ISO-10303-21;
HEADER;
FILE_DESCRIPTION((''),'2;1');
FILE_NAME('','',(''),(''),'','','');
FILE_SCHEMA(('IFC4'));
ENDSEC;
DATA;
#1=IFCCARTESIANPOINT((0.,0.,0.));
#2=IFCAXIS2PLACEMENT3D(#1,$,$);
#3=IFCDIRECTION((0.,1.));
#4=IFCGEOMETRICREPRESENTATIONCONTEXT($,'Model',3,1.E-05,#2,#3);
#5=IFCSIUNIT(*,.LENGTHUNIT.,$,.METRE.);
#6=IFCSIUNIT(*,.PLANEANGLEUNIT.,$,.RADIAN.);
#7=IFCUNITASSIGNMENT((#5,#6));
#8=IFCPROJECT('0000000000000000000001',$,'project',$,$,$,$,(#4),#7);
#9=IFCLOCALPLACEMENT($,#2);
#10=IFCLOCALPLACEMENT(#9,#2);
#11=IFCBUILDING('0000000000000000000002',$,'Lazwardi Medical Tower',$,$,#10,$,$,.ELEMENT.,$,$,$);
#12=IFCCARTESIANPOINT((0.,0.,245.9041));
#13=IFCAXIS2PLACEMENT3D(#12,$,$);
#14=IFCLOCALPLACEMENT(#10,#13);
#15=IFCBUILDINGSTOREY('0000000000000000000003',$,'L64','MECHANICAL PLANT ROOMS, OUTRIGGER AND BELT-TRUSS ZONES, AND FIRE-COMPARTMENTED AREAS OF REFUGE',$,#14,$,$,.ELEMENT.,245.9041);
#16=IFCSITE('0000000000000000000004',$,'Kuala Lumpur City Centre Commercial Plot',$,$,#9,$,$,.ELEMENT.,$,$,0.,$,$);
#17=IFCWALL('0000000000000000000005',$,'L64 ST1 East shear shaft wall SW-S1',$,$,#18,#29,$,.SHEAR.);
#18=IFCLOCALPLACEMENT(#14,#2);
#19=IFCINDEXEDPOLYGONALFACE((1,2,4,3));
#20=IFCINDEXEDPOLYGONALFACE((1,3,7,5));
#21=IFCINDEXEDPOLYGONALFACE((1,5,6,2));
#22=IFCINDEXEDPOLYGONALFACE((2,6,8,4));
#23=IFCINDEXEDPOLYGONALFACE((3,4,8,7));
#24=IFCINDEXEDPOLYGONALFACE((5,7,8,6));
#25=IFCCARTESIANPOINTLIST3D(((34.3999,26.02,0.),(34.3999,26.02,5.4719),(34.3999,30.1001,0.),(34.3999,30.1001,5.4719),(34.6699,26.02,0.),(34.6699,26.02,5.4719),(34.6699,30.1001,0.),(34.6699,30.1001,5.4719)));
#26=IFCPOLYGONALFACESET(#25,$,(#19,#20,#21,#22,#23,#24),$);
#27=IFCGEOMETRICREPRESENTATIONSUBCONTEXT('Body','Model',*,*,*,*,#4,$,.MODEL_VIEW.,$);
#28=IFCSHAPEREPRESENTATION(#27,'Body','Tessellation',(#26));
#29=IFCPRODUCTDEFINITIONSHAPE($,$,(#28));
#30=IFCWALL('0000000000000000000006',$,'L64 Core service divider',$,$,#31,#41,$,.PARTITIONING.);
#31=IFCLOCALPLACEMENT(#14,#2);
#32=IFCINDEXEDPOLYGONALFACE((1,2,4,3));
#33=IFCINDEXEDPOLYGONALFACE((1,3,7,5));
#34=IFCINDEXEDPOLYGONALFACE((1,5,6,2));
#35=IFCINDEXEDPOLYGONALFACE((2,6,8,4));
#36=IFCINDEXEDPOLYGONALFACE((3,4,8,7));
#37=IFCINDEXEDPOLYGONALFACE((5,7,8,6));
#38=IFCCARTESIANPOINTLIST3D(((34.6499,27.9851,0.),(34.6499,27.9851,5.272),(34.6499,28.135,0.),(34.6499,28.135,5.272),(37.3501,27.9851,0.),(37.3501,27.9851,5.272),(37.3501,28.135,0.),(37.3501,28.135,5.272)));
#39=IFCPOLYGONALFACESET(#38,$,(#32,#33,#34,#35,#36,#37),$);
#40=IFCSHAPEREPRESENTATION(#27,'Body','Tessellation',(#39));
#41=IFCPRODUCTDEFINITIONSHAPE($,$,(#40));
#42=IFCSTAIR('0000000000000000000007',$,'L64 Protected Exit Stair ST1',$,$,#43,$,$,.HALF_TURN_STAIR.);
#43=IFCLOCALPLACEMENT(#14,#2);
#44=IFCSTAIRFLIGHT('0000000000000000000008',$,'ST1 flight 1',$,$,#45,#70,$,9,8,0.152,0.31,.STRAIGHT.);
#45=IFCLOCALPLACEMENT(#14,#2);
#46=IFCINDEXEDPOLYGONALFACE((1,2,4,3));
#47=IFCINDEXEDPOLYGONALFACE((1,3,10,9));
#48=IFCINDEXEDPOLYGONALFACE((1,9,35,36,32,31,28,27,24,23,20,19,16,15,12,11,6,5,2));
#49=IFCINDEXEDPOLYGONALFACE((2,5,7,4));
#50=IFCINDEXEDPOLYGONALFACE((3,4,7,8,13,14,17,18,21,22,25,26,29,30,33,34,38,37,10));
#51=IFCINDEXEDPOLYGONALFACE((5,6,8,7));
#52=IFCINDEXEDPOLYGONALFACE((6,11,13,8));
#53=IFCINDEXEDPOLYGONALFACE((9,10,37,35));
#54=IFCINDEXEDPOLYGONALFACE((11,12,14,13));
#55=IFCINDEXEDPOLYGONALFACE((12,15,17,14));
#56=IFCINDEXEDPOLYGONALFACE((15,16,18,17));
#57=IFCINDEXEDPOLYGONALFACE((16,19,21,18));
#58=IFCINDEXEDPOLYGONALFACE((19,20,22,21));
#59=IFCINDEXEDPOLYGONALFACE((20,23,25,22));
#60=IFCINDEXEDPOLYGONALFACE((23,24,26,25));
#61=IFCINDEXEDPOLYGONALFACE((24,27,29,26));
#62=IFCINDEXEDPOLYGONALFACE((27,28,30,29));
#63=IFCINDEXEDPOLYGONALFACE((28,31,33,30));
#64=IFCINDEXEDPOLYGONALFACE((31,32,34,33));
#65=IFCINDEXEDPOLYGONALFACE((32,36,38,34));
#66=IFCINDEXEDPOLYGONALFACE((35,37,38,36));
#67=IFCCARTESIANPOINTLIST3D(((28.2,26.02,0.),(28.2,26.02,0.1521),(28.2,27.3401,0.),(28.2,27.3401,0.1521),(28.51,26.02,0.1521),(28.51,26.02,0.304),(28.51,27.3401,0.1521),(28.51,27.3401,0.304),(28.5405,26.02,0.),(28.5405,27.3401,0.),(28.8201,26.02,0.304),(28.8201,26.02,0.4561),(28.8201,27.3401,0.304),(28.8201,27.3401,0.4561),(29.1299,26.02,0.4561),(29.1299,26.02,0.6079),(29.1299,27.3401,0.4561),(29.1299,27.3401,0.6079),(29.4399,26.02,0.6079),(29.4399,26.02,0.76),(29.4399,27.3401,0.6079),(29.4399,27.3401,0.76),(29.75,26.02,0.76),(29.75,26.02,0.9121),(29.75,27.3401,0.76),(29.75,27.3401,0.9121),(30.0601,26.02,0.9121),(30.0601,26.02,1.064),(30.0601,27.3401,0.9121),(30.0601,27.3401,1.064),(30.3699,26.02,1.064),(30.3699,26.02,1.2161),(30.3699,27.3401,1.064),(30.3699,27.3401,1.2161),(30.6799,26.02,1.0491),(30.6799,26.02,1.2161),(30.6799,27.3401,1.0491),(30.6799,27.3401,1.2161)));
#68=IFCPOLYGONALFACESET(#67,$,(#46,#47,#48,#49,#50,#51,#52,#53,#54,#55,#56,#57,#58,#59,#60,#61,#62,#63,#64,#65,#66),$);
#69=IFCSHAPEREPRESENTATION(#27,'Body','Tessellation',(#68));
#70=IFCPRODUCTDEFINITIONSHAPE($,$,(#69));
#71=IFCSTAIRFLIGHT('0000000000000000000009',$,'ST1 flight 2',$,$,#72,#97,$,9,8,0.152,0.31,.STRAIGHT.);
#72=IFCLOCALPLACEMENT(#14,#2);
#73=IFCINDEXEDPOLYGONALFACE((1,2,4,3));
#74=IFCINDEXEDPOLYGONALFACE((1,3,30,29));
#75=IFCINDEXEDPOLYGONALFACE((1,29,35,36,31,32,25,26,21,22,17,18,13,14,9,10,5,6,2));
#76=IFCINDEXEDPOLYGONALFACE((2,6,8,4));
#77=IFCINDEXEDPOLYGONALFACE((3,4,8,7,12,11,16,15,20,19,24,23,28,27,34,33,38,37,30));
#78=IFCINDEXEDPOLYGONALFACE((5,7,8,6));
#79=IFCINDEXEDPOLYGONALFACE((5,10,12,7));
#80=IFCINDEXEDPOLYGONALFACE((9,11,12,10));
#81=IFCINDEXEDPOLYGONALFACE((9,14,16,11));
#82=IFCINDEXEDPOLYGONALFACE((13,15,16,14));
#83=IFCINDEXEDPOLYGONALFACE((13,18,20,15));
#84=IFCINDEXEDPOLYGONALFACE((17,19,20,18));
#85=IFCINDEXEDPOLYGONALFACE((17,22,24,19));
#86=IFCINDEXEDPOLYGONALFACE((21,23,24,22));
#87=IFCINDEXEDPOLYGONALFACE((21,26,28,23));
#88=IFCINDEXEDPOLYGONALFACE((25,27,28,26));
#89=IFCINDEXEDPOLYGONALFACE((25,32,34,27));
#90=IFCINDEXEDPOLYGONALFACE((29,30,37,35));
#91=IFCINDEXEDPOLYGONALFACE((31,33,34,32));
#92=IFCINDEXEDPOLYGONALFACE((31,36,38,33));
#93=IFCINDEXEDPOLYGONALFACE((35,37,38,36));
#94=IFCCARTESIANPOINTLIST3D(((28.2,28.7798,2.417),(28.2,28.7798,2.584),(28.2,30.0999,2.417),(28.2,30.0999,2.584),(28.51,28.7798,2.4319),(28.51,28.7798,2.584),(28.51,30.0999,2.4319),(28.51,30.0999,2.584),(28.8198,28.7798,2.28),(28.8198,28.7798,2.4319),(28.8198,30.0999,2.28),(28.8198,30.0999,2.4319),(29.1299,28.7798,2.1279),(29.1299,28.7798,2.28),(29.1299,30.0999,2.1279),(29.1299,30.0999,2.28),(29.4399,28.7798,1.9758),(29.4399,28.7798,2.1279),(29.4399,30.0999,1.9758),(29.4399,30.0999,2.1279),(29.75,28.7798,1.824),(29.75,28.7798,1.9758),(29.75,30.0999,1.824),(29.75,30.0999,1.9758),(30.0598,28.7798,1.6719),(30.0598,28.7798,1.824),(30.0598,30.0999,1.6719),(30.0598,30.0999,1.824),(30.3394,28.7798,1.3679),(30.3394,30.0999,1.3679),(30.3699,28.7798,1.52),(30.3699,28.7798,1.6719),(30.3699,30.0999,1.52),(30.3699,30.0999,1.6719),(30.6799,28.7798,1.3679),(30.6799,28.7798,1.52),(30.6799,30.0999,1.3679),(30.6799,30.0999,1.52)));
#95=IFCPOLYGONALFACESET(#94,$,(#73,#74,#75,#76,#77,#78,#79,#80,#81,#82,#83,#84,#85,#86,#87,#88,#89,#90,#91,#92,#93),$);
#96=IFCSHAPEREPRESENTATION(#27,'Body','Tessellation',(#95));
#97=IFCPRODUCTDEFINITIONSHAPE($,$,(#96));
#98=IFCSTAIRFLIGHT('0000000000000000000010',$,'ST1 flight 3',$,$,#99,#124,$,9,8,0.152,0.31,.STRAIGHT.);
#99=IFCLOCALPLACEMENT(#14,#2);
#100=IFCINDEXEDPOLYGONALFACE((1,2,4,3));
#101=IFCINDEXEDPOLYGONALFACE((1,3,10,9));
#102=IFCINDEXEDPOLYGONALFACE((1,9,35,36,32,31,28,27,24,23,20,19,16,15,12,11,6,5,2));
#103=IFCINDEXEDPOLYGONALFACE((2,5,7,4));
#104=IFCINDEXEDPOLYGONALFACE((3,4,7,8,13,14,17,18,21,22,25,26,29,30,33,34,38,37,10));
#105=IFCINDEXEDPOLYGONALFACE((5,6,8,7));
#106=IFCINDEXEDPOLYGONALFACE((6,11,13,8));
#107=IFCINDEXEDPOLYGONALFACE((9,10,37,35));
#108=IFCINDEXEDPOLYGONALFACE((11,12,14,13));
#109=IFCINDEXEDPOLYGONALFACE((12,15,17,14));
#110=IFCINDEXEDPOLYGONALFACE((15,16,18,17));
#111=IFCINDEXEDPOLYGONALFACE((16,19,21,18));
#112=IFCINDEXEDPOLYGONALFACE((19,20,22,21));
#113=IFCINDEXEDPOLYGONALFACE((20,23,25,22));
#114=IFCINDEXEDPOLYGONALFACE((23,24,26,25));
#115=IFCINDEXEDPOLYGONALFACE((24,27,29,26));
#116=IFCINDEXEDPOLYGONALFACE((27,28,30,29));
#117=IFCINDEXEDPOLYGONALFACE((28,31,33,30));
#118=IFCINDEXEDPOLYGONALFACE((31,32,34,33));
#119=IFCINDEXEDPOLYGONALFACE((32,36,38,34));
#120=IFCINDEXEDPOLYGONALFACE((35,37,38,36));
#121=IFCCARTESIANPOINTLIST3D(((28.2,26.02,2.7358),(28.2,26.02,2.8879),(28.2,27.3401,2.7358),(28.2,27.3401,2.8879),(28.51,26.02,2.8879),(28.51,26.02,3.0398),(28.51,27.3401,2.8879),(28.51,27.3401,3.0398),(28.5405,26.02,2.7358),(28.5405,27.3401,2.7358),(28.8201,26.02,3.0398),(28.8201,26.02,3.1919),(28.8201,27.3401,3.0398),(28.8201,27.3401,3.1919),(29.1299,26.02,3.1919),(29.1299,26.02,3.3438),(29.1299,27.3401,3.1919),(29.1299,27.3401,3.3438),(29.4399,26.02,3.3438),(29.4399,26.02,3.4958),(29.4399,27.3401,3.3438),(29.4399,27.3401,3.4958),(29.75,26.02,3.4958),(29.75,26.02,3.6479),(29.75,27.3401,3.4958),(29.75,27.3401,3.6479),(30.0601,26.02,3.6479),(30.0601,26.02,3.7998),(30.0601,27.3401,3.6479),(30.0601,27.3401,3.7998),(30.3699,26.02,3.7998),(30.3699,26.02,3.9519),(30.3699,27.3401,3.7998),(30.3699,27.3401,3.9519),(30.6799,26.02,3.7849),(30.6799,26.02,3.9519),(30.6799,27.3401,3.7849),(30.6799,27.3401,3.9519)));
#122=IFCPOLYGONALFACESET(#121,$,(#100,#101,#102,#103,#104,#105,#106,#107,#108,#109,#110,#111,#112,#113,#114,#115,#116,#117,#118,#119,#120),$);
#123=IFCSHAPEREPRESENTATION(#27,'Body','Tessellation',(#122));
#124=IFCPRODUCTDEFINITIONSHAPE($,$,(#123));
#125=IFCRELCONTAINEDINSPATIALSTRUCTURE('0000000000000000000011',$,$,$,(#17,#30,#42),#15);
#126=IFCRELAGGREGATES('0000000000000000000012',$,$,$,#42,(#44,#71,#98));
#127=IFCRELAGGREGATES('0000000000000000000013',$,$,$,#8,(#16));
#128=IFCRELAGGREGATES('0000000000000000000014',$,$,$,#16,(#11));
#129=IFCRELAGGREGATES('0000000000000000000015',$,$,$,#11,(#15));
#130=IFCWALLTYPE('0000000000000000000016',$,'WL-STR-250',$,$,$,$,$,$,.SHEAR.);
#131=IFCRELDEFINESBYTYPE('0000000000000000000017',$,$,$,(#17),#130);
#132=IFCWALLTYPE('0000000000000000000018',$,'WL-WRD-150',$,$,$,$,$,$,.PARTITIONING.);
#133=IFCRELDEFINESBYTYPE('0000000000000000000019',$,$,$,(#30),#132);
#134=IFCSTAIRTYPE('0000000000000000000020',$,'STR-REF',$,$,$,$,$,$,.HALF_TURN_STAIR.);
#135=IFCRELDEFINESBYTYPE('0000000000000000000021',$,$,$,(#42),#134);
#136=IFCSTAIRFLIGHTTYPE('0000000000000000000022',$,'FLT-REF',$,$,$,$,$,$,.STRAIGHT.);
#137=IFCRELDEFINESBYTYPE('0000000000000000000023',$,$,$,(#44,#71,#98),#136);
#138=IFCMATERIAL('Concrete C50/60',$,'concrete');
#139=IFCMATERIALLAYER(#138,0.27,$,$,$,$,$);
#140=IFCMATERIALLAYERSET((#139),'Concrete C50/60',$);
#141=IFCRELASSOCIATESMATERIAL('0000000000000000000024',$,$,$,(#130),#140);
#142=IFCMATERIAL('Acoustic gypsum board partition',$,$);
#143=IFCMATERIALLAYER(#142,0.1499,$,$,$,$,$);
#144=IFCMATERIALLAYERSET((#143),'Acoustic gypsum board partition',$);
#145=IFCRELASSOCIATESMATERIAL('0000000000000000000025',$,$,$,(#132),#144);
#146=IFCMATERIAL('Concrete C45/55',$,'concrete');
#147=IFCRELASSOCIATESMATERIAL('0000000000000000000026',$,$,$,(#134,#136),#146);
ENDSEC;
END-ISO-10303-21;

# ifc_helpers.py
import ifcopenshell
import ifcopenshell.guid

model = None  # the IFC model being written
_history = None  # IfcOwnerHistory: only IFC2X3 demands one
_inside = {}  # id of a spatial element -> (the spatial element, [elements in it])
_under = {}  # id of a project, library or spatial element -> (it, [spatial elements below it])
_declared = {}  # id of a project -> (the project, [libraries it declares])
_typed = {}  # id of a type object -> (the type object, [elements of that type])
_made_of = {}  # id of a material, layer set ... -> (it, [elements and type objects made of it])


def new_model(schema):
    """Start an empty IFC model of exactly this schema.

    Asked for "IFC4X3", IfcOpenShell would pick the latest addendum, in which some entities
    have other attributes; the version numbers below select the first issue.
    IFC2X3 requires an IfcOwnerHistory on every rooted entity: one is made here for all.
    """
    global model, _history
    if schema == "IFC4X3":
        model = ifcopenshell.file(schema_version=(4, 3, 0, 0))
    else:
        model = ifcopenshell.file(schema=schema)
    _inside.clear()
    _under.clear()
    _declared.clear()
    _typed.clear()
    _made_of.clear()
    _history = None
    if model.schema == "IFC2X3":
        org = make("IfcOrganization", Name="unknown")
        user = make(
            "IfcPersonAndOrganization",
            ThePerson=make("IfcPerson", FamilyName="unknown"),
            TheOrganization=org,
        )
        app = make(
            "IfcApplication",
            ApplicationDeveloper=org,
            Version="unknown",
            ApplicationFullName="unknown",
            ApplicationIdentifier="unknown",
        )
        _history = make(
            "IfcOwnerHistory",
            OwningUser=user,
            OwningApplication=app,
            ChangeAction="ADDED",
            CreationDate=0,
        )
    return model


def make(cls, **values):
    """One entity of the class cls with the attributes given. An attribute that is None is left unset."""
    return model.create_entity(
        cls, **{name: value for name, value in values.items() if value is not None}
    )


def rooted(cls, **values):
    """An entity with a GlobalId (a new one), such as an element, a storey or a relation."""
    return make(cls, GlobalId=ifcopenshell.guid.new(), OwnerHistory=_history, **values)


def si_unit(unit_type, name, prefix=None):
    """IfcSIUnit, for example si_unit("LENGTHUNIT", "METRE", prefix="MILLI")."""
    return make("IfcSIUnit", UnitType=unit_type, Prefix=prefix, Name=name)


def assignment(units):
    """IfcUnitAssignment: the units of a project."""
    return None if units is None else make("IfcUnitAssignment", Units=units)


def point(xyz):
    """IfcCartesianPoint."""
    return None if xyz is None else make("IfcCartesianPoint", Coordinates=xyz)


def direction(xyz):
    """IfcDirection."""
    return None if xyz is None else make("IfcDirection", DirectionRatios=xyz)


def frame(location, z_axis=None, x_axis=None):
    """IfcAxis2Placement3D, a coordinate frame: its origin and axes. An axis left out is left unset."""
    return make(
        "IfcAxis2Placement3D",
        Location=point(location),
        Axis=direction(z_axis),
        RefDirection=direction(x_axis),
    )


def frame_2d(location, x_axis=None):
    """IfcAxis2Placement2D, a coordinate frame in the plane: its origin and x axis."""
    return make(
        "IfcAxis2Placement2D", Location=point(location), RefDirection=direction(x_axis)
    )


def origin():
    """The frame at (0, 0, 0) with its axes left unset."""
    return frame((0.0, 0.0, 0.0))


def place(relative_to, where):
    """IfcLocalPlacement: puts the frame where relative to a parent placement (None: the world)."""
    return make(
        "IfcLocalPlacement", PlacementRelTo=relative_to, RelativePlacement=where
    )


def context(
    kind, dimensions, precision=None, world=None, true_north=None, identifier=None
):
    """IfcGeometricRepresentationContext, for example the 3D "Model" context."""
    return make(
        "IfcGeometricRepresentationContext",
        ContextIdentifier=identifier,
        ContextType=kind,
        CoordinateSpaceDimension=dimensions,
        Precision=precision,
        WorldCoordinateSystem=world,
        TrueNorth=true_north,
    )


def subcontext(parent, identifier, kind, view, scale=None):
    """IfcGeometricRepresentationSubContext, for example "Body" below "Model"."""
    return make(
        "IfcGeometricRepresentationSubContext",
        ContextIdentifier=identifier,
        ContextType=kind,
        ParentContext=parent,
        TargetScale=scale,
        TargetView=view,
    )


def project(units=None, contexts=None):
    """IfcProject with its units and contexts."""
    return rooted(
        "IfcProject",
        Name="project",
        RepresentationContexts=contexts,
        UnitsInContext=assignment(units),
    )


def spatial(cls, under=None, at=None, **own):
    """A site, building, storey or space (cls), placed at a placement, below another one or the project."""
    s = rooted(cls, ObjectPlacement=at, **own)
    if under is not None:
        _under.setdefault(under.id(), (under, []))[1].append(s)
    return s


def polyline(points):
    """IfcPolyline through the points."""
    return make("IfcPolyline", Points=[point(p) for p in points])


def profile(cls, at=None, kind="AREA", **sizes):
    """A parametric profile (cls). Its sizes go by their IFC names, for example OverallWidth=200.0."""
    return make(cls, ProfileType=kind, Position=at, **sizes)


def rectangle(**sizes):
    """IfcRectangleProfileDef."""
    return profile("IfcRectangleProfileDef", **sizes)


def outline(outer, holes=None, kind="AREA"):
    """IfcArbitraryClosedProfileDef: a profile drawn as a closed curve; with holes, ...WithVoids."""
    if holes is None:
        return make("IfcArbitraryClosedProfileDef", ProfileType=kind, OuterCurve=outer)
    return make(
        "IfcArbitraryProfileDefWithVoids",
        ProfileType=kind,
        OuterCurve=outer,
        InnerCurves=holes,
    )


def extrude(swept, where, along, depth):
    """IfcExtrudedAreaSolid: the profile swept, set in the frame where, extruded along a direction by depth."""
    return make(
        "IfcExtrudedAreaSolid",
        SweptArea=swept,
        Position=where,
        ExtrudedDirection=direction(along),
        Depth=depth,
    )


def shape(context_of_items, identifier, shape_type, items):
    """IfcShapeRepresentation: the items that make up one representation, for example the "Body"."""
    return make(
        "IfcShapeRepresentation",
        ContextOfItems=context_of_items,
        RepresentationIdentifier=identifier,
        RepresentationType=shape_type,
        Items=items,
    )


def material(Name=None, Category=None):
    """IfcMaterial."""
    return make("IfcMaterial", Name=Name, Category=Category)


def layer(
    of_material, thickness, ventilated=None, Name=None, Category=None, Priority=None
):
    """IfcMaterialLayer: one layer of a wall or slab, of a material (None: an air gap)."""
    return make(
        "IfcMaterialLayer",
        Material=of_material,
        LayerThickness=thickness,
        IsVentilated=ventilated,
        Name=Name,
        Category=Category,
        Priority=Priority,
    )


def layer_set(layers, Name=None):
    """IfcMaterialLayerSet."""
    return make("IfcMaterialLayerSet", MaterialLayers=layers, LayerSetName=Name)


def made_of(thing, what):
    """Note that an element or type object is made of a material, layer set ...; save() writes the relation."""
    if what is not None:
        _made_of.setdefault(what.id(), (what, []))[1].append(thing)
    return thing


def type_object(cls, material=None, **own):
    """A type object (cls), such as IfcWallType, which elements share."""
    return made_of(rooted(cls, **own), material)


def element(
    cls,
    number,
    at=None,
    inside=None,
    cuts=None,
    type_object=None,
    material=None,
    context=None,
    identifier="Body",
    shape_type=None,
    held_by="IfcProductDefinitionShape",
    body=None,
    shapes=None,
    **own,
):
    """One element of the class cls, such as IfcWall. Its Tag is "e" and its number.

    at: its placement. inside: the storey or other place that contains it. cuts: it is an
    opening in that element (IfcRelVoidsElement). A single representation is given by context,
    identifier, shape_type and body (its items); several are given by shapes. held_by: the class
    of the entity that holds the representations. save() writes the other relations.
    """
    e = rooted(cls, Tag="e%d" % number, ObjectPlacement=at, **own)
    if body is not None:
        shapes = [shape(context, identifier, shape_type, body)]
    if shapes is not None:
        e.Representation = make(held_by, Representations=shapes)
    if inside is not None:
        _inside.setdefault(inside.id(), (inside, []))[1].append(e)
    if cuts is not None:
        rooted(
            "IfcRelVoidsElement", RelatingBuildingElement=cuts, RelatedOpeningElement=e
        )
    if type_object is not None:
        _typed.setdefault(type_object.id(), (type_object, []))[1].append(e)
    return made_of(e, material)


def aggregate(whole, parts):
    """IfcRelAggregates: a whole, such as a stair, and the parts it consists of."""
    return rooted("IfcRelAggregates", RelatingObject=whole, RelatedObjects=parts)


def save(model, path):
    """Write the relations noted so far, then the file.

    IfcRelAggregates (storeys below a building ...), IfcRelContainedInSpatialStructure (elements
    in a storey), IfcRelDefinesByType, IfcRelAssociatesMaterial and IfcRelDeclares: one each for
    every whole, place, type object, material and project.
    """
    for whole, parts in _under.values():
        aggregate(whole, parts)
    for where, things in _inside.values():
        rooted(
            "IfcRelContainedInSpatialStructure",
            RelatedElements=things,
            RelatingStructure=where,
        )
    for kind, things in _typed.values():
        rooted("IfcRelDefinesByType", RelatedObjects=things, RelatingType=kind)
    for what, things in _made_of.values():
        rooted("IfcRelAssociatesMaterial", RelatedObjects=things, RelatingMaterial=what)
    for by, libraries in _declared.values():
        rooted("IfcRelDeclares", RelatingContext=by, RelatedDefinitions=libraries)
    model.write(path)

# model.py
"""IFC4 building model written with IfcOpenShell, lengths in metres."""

from ifc_helpers import new_model, si_unit, direction, frame, frame_2d, origin, place, context, subcontext, project, spatial, polyline, rectangle, outline, extrude, material, layer, layer_set, type_object, element, aggregate, save


model = new_model("IFC4")

# Units and contexts
model_context = context("Model", 3, precision=1e-05, world=origin(), true_north=direction((0.0, 1.0)))
body_context = subcontext(model_context, "Body", "Model", "MODEL_VIEW")
ifc_project = project(units=[si_unit("LENGTHUNIT", "METRE"), si_unit("PLANEANGLEUNIT", "RADIAN")], contexts=[model_context])

# Site, building, storey
site_placement = place(None, origin())
site = spatial("IfcSite", under=ifc_project, at=site_placement, Name="Kuala Lumpur City Centre Commercial Plot", CompositionType="ELEMENT", RefElevation=0.0)
building_placement = place(site_placement, origin())
building = spatial("IfcBuilding", under=site, at=building_placement, Name="Lazwardi Medical Tower", CompositionType="ELEMENT")
storey_placement = place(building_placement, frame((0.0, 0.0, 245.9041)))
storey = spatial("IfcBuildingStorey", under=building, at=storey_placement, Name="L64", Description="MECHANICAL PLANT ROOMS, OUTRIGGER AND BELT-TRUSS ZONES, AND FIRE-COMPARTMENTED AREAS OF REFUGE", CompositionType="ELEMENT", Elevation=245.9041)

# Walls
ifc_material_1 = material(Name="Concrete C50/60", Category="concrete")
ifc_layer_1 = layer(ifc_material_1, 0.27)
ifc_layer_set_1 = layer_set([ifc_layer_1], Name="Concrete C50/60")
wall_type_1 = type_object("IfcWallType", Name="WL-STR-250", PredefinedType="SHEAR", material=ifc_layer_set_1)
wall_1_placement = place(storey_placement, frame((34.5349, 26.02, 0.0), z_axis=(0.0, 0.0, 1.0), x_axis=(0.0, 1.0, 0.0)))
element("IfcWall", 1, at=wall_1_placement, inside=storey, type_object=wall_type_1, Name="L64 ST1 East shear shaft wall SW-S1", PredefinedType="SHEAR", context=body_context, shape_type="SweptSolid", body=[
    extrude(rectangle(XDim=4.0801, YDim=0.27, at=frame_2d((2.04, 0.0))), origin(), (0.0, 0.0, 1.0), 5.4719),
])
ifc_material_2 = material(Name="Acoustic gypsum board partition")
ifc_layer_2 = layer(ifc_material_2, 0.1499)
ifc_layer_set_2 = layer_set([ifc_layer_2], Name="Acoustic gypsum board partition")
wall_type_2 = type_object("IfcWallType", Name="WL-WRD-150", PredefinedType="PARTITIONING", material=ifc_layer_set_2)
wall_2_placement = place(storey_placement, frame((34.6499, 28.0601, 0.0), z_axis=(0.0, 0.0, 1.0), x_axis=(1.0, 0.0, 0.0)))
element("IfcWall", 2, at=wall_2_placement, inside=storey, type_object=wall_type_2, Name="L64 Core service divider", PredefinedType="PARTITIONING", context=body_context, shape_type="SweptSolid", body=[
    extrude(rectangle(XDim=2.7002, YDim=0.1499, at=frame_2d((1.3501, 0.0))), origin(), (0.0, 0.0, 1.0), 5.272),
])

# Stair, stair flights
ifc_material_3 = material(Name="Concrete C45/55", Category="concrete")
stair_type = type_object("IfcStairType", Name="STR-REF", PredefinedType="HALF_TURN_STAIR", material=ifc_material_3)
stair_placement = place(storey_placement, origin())
stair = element("IfcStair", 3, at=stair_placement, inside=storey, type_object=stair_type, Name="L64 Protected Exit Stair ST1", PredefinedType="HALF_TURN_STAIR")
stair_flight_type = type_object("IfcStairFlightType", Name="FLT-REF", PredefinedType="STRAIGHT", material=ifc_material_3)
stair_flight_1_placement = place(storey_placement, frame((28.2, 26.6799, 0.0), z_axis=(0.0, 0.0, 1.0), x_axis=(1.0, 0.0, 0.0)))
stair_flight_1 = element("IfcStairFlight", 4, at=stair_flight_1_placement, type_object=stair_flight_type, Name="ST1 flight 1", NumberOfRisers=9, NumberOfTreads=8, PredefinedType="STRAIGHT", RiserHeight=0.152, TreadLength=0.31, context=body_context, shape_type="SweptSolid", body=[
    extrude(outline(polyline([(0.0, 0.0), (0.0, 0.1521), (0.3101, 0.1521), (0.3101, 0.304), (0.6201, 0.304), (0.6201, 0.4561), (0.9299, 0.4561), (0.9299, 0.6079), (1.24, 0.6079), (1.24, 0.76), (1.55, 0.76), (1.55, 0.9121), (1.8601, 0.9121), (1.8601, 1.064), (2.1699, 1.064), (2.1699, 1.2161), (2.48, 1.2161), (2.48, 1.3679), (2.48, 1.0491), (0.3406, 0.0), (0.0, 0.0)])), frame((0.0, 0.6602, 0.0), z_axis=(0.0, -1.0, 0.0), x_axis=(1.0, 0.0, 0.0)), (0.0, 0.0, 1.0), 1.3201),
])
stair_flight_2_placement = place(storey_placement, frame((30.6799, 29.4399, 1.3679), z_axis=(0.0, 0.0, 1.0), x_axis=(-1.0, 0.0, 0.0)))
stair_flight_2 = element("IfcStairFlight", 5, at=stair_flight_2_placement, type_object=stair_flight_type, Name="ST1 flight 2", NumberOfRisers=9, NumberOfTreads=8, PredefinedType="STRAIGHT", RiserHeight=0.152, TreadLength=0.31, context=body_context, shape_type="SweptSolid", body=[
    extrude(outline(polyline([(0.0, 0.0), (0.0, 0.1521), (0.3101, 0.1521), (0.3101, 0.304), (0.6201, 0.304), (0.6201, 0.4561), (0.9299, 0.4561), (0.9299, 0.6079), (1.24, 0.6079), (1.24, 0.76), (1.55, 0.76), (1.55, 0.9121), (1.8601, 0.9121), (1.8601, 1.064), (2.1699, 1.064), (2.1699, 1.2161), (2.48, 1.2161), (2.48, 1.3679), (2.48, 1.0491), (0.3406, 0.0), (0.0, 0.0)])), frame((0.0, 0.6602, 0.0), z_axis=(0.0, -1.0, 0.0), x_axis=(1.0, 0.0, 0.0)), (0.0, 0.0, 1.0), 1.3201),
])
stair_flight_3_placement = place(storey_placement, frame((28.2, 26.6799, 2.7358), z_axis=(0.0, 0.0, 1.0), x_axis=(1.0, 0.0, 0.0)))
stair_flight_3 = element("IfcStairFlight", 6, at=stair_flight_3_placement, type_object=stair_flight_type, Name="ST1 flight 3", NumberOfRisers=9, NumberOfTreads=8, PredefinedType="STRAIGHT", RiserHeight=0.152, TreadLength=0.31, context=body_context, shape_type="SweptSolid", body=[
    extrude(outline(polyline([(0.0, 0.0), (0.0, 0.1521), (0.3101, 0.1521), (0.3101, 0.304), (0.6201, 0.304), (0.6201, 0.4561), (0.9299, 0.4561), (0.9299, 0.6079), (1.24, 0.6079), (1.24, 0.76), (1.55, 0.76), (1.55, 0.9121), (1.8601, 0.9121), (1.8601, 1.064), (2.1699, 1.064), (2.1699, 1.2161), (2.48, 1.2161), (2.48, 1.3679), (2.48, 1.0491), (0.3406, 0.0), (0.0, 0.0)])), frame((0.0, 0.6602, 0.0), z_axis=(0.0, -1.0, 0.0), x_axis=(1.0, 0.0, 0.0)), (0.0, 0.0, 1.0), 1.3201),
])
aggregate(stair, [stair_flight_1, stair_flight_2, stair_flight_3])

save(model, "model.ifc")
